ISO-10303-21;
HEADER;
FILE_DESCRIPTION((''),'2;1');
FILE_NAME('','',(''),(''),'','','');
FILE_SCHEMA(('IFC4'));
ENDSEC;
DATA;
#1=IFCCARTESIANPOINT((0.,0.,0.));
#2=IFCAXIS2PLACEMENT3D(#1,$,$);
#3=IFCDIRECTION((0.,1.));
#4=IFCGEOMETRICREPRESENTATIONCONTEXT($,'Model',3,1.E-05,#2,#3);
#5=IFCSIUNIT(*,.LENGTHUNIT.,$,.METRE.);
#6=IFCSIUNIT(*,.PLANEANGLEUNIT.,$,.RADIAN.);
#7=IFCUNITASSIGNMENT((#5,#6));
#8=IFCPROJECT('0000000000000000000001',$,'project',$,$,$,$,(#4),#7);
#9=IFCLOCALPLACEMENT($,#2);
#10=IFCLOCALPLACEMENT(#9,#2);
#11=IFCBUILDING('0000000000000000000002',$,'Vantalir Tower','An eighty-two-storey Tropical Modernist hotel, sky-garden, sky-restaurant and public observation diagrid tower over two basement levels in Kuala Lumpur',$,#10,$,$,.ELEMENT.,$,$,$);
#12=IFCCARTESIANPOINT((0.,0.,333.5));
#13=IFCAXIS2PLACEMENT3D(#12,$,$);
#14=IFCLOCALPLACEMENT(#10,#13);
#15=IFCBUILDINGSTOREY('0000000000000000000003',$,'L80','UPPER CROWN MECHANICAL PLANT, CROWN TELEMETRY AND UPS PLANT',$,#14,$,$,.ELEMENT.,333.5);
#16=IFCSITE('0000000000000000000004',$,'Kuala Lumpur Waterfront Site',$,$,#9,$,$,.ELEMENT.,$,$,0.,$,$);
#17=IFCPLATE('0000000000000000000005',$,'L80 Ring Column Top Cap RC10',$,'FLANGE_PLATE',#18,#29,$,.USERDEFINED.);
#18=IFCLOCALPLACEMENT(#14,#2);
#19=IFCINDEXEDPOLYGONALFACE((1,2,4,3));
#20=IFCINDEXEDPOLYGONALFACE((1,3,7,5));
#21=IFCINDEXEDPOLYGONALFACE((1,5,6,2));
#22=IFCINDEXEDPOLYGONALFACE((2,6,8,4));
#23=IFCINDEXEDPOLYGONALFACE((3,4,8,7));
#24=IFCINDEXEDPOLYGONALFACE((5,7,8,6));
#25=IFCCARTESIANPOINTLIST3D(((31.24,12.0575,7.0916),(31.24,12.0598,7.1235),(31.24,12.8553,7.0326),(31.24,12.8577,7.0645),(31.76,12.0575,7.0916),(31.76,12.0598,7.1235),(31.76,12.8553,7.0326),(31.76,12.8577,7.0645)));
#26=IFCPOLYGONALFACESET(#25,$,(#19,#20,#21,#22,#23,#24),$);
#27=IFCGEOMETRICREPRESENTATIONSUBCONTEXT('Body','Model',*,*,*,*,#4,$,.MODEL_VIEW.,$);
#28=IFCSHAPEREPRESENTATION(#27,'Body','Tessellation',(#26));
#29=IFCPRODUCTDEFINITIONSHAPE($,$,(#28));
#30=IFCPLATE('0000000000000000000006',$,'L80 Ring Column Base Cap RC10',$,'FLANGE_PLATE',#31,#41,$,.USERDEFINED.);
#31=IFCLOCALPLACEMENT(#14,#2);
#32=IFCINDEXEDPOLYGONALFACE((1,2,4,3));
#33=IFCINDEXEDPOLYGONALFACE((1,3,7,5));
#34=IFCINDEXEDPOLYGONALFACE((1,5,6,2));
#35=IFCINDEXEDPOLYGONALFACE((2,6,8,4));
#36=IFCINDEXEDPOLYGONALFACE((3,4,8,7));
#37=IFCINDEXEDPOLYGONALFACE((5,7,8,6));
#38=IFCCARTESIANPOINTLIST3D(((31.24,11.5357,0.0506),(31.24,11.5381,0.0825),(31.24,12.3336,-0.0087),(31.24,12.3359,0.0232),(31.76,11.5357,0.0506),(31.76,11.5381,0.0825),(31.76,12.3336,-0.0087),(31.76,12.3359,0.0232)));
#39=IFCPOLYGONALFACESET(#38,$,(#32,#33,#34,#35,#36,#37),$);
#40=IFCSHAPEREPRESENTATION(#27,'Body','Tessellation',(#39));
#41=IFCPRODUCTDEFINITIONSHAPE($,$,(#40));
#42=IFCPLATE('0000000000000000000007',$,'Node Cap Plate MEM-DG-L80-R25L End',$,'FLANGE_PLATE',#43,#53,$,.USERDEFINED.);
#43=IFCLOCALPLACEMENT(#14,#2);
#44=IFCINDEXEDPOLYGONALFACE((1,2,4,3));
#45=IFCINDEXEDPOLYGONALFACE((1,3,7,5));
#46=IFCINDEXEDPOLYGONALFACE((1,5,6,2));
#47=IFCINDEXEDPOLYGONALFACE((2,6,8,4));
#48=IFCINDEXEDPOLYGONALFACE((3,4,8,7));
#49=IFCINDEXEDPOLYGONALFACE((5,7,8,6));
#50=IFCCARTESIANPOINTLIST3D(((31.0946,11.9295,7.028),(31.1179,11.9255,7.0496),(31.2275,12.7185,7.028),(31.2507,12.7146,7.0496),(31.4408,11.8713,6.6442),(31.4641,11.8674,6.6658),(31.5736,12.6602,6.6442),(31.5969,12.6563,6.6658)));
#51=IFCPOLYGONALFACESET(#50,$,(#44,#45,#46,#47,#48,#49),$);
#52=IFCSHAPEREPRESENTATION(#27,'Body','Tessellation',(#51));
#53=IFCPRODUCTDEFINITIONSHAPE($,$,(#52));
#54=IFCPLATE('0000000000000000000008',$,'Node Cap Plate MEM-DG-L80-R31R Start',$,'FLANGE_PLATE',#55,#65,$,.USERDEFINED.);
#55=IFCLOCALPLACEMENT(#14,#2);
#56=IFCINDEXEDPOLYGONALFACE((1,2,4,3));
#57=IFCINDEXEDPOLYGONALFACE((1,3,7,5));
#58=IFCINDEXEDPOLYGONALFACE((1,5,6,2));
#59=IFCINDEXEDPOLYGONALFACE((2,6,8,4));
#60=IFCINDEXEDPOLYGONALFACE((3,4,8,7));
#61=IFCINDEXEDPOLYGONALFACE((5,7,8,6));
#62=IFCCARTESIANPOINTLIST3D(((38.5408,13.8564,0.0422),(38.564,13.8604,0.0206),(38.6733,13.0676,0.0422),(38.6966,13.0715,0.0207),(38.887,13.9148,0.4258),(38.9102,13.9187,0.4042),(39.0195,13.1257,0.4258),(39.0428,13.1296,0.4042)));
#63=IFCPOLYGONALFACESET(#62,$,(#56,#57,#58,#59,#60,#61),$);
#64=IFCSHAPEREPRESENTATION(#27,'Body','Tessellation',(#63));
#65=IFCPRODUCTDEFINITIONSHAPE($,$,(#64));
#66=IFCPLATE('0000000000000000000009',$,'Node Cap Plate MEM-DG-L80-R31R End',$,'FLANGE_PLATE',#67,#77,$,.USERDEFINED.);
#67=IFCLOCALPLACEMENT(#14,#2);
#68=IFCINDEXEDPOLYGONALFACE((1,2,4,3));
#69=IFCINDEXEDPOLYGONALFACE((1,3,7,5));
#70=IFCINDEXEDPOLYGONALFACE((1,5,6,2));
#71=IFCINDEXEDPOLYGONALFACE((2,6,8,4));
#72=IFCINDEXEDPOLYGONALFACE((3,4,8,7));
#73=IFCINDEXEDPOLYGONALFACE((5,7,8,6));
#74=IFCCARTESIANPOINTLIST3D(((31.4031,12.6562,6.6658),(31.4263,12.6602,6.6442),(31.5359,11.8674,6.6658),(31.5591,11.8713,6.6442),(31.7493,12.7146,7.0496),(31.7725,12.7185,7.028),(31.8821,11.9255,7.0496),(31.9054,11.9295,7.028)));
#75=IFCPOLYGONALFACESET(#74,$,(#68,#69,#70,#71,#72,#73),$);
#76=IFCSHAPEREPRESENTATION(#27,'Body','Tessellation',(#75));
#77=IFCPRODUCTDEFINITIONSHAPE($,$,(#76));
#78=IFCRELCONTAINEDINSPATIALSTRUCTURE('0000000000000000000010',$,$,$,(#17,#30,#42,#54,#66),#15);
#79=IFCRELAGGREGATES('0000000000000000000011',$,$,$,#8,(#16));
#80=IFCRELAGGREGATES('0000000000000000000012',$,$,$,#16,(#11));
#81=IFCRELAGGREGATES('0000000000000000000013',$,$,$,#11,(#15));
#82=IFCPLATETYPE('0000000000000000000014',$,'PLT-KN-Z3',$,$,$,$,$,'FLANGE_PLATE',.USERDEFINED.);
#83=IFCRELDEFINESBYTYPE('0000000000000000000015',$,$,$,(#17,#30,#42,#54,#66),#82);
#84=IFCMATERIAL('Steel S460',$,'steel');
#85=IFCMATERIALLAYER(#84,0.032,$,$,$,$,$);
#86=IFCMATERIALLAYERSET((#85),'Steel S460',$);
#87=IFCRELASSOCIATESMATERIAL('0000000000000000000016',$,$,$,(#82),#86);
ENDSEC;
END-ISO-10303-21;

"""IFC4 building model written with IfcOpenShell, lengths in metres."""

from ifc_helpers import new_model, si_unit, direction, frame, origin, place, context, subcontext, project, spatial, polyline, outline, extrude, material, layer, layer_set, type_object, element, save


model = new_model("IFC4")

# Units and contexts
model_context = context("Model", 3, precision=1e-05, world=origin(), true_north=direction((0.0, 1.0)))
body_context = subcontext(model_context, "Body", "Model", "MODEL_VIEW")
ifc_project = project(units=[si_unit("LENGTHUNIT", "METRE"), si_unit("PLANEANGLEUNIT", "RADIAN")], contexts=[model_context])

# Site, building, storey
site_placement = place(None, origin())
site = spatial("IfcSite", under=ifc_project, at=site_placement, Name="Kuala Lumpur Waterfront Site", CompositionType="ELEMENT", RefElevation=0.0)
building_placement = place(site_placement, origin())
building = spatial("IfcBuilding", under=site, at=building_placement, Name="Vantalir Tower", Description="An eighty-two-storey Tropical Modernist hotel, sky-garden, sky-restaurant and public observation diagrid tower over two basement levels in Kuala Lumpur", CompositionType="ELEMENT")
storey_placement = place(building_placement, frame((0.0, 0.0, 333.5)))
storey = spatial("IfcBuildingStorey", under=building, at=storey_placement, Name="L80", Description="UPPER CROWN MECHANICAL PLANT, CROWN TELEMETRY AND UPS PLANT", CompositionType="ELEMENT", Elevation=333.5)

# Shared definitions
ifc_material_1 = material(Name="Steel S460", Category="steel")

# Plates
ifc_layer_1 = layer(ifc_material_1, 0.032)
ifc_layer_set_1 = layer_set([ifc_layer_1], Name="Steel S460")
plate_type_1 = type_object("IfcPlateType", Name="PLT-KN-Z3", ElementType="FLANGE_PLATE", PredefinedType="USERDEFINED", material=ifc_layer_set_1)
plate_1_placement = place(storey_placement, frame((31.24, 12.8577, 7.0645), z_axis=(0.0, 0.073849, 0.997269), x_axis=(0.0, -0.997269, 0.073849)))
element("IfcPlate", 1, at=plate_1_placement, inside=storey, type_object=plate_type_1, Name="L80 Ring Column Top Cap RC10", ObjectType="FLANGE_PLATE", PredefinedType="USERDEFINED", context=body_context, shape_type="SweptSolid", body=[
    extrude(outline(polyline([(0.0, 0.0), (0.8, 0.0), (0.8, 0.52), (0.0, 0.52), (0.0, 0.0)])), origin(), (0.0, 0.0, -1.0), 0.032),
])
plate_2_placement = place(storey_placement, frame((31.24, 12.3359, 0.0232), z_axis=(0.0, 0.074153, 0.997247), x_axis=(0.0, -0.997247, 0.074153)))
element("IfcPlate", 2, at=plate_2_placement, inside=storey, type_object=plate_type_1, Name="L80 Ring Column Base Cap RC10", ObjectType="FLANGE_PLATE", PredefinedType="USERDEFINED", context=body_context, shape_type="SweptSolid", body=[
    extrude(outline(polyline([(0.0, 0.0), (0.8001, 0.0), (0.8001, 0.52), (0.0, 0.52), (0.0, 0.0)])), origin(), (0.0, 0.0, -1.0), 0.032),
])
plate_3_placement = place(storey_placement, frame((31.4641, 11.8674, 6.6658), z_axis=(0.727636, -0.122492, 0.674938), x_axis=(0.166018, 0.986123, -0.000013)))
element("IfcPlate", 3, at=plate_3_placement, inside=storey, type_object=plate_type_1, Name="Node Cap Plate MEM-DG-L80-R25L End", ObjectType="FLANGE_PLATE", PredefinedType="USERDEFINED", context=body_context, shape_type="SweptSolid", body=[
    extrude(outline(polyline([(0.0, 0.0), (0.7999, 0.0), (0.8, 0.5201), (-0.0002, 0.5201), (0.0, 0.0)])), origin(), (0.0, 0.0, -1.0), 0.032),
])
plate_4_placement = place(storey_placement, frame((38.5408, 13.8564, 0.0422), z_axis=(-0.727462, -0.122238, 0.675172), x_axis=(0.165722, -0.986173, 0.000013)))
element("IfcPlate", 4, at=plate_4_placement, inside=storey, type_object=plate_type_1, Name="Node Cap Plate MEM-DG-L80-R31R Start", ObjectType="FLANGE_PLATE", PredefinedType="USERDEFINED", context=body_context, shape_type="SweptSolid", body=[
    extrude(outline(polyline([(0.0, 0.0), (0.7999, 0.0), (0.8, 0.5199), (-0.0002, 0.52), (0.0, 0.0)])), origin(), (0.0, 0.0, -1.0), 0.032),
])
plate_5_placement = place(storey_placement, frame((31.4031, 12.6562, 6.6658), z_axis=(-0.727636, -0.122492, 0.674938), x_axis=(0.166018, -0.986123, 0.000013)))
element("IfcPlate", 5, at=plate_5_placement, inside=storey, type_object=plate_type_1, Name="Node Cap Plate MEM-DG-L80-R31R End", ObjectType="FLANGE_PLATE", PredefinedType="USERDEFINED", context=body_context, shape_type="SweptSolid", body=[
    extrude(outline(polyline([(0.0, 0.0), (0.7999, 0.0), (0.8001, 0.5201), (-0.0001, 0.5201), (0.0, 0.0)])), origin(), (0.0, 0.0, -1.0), 0.032),
])

save(model, "model.ifc")
